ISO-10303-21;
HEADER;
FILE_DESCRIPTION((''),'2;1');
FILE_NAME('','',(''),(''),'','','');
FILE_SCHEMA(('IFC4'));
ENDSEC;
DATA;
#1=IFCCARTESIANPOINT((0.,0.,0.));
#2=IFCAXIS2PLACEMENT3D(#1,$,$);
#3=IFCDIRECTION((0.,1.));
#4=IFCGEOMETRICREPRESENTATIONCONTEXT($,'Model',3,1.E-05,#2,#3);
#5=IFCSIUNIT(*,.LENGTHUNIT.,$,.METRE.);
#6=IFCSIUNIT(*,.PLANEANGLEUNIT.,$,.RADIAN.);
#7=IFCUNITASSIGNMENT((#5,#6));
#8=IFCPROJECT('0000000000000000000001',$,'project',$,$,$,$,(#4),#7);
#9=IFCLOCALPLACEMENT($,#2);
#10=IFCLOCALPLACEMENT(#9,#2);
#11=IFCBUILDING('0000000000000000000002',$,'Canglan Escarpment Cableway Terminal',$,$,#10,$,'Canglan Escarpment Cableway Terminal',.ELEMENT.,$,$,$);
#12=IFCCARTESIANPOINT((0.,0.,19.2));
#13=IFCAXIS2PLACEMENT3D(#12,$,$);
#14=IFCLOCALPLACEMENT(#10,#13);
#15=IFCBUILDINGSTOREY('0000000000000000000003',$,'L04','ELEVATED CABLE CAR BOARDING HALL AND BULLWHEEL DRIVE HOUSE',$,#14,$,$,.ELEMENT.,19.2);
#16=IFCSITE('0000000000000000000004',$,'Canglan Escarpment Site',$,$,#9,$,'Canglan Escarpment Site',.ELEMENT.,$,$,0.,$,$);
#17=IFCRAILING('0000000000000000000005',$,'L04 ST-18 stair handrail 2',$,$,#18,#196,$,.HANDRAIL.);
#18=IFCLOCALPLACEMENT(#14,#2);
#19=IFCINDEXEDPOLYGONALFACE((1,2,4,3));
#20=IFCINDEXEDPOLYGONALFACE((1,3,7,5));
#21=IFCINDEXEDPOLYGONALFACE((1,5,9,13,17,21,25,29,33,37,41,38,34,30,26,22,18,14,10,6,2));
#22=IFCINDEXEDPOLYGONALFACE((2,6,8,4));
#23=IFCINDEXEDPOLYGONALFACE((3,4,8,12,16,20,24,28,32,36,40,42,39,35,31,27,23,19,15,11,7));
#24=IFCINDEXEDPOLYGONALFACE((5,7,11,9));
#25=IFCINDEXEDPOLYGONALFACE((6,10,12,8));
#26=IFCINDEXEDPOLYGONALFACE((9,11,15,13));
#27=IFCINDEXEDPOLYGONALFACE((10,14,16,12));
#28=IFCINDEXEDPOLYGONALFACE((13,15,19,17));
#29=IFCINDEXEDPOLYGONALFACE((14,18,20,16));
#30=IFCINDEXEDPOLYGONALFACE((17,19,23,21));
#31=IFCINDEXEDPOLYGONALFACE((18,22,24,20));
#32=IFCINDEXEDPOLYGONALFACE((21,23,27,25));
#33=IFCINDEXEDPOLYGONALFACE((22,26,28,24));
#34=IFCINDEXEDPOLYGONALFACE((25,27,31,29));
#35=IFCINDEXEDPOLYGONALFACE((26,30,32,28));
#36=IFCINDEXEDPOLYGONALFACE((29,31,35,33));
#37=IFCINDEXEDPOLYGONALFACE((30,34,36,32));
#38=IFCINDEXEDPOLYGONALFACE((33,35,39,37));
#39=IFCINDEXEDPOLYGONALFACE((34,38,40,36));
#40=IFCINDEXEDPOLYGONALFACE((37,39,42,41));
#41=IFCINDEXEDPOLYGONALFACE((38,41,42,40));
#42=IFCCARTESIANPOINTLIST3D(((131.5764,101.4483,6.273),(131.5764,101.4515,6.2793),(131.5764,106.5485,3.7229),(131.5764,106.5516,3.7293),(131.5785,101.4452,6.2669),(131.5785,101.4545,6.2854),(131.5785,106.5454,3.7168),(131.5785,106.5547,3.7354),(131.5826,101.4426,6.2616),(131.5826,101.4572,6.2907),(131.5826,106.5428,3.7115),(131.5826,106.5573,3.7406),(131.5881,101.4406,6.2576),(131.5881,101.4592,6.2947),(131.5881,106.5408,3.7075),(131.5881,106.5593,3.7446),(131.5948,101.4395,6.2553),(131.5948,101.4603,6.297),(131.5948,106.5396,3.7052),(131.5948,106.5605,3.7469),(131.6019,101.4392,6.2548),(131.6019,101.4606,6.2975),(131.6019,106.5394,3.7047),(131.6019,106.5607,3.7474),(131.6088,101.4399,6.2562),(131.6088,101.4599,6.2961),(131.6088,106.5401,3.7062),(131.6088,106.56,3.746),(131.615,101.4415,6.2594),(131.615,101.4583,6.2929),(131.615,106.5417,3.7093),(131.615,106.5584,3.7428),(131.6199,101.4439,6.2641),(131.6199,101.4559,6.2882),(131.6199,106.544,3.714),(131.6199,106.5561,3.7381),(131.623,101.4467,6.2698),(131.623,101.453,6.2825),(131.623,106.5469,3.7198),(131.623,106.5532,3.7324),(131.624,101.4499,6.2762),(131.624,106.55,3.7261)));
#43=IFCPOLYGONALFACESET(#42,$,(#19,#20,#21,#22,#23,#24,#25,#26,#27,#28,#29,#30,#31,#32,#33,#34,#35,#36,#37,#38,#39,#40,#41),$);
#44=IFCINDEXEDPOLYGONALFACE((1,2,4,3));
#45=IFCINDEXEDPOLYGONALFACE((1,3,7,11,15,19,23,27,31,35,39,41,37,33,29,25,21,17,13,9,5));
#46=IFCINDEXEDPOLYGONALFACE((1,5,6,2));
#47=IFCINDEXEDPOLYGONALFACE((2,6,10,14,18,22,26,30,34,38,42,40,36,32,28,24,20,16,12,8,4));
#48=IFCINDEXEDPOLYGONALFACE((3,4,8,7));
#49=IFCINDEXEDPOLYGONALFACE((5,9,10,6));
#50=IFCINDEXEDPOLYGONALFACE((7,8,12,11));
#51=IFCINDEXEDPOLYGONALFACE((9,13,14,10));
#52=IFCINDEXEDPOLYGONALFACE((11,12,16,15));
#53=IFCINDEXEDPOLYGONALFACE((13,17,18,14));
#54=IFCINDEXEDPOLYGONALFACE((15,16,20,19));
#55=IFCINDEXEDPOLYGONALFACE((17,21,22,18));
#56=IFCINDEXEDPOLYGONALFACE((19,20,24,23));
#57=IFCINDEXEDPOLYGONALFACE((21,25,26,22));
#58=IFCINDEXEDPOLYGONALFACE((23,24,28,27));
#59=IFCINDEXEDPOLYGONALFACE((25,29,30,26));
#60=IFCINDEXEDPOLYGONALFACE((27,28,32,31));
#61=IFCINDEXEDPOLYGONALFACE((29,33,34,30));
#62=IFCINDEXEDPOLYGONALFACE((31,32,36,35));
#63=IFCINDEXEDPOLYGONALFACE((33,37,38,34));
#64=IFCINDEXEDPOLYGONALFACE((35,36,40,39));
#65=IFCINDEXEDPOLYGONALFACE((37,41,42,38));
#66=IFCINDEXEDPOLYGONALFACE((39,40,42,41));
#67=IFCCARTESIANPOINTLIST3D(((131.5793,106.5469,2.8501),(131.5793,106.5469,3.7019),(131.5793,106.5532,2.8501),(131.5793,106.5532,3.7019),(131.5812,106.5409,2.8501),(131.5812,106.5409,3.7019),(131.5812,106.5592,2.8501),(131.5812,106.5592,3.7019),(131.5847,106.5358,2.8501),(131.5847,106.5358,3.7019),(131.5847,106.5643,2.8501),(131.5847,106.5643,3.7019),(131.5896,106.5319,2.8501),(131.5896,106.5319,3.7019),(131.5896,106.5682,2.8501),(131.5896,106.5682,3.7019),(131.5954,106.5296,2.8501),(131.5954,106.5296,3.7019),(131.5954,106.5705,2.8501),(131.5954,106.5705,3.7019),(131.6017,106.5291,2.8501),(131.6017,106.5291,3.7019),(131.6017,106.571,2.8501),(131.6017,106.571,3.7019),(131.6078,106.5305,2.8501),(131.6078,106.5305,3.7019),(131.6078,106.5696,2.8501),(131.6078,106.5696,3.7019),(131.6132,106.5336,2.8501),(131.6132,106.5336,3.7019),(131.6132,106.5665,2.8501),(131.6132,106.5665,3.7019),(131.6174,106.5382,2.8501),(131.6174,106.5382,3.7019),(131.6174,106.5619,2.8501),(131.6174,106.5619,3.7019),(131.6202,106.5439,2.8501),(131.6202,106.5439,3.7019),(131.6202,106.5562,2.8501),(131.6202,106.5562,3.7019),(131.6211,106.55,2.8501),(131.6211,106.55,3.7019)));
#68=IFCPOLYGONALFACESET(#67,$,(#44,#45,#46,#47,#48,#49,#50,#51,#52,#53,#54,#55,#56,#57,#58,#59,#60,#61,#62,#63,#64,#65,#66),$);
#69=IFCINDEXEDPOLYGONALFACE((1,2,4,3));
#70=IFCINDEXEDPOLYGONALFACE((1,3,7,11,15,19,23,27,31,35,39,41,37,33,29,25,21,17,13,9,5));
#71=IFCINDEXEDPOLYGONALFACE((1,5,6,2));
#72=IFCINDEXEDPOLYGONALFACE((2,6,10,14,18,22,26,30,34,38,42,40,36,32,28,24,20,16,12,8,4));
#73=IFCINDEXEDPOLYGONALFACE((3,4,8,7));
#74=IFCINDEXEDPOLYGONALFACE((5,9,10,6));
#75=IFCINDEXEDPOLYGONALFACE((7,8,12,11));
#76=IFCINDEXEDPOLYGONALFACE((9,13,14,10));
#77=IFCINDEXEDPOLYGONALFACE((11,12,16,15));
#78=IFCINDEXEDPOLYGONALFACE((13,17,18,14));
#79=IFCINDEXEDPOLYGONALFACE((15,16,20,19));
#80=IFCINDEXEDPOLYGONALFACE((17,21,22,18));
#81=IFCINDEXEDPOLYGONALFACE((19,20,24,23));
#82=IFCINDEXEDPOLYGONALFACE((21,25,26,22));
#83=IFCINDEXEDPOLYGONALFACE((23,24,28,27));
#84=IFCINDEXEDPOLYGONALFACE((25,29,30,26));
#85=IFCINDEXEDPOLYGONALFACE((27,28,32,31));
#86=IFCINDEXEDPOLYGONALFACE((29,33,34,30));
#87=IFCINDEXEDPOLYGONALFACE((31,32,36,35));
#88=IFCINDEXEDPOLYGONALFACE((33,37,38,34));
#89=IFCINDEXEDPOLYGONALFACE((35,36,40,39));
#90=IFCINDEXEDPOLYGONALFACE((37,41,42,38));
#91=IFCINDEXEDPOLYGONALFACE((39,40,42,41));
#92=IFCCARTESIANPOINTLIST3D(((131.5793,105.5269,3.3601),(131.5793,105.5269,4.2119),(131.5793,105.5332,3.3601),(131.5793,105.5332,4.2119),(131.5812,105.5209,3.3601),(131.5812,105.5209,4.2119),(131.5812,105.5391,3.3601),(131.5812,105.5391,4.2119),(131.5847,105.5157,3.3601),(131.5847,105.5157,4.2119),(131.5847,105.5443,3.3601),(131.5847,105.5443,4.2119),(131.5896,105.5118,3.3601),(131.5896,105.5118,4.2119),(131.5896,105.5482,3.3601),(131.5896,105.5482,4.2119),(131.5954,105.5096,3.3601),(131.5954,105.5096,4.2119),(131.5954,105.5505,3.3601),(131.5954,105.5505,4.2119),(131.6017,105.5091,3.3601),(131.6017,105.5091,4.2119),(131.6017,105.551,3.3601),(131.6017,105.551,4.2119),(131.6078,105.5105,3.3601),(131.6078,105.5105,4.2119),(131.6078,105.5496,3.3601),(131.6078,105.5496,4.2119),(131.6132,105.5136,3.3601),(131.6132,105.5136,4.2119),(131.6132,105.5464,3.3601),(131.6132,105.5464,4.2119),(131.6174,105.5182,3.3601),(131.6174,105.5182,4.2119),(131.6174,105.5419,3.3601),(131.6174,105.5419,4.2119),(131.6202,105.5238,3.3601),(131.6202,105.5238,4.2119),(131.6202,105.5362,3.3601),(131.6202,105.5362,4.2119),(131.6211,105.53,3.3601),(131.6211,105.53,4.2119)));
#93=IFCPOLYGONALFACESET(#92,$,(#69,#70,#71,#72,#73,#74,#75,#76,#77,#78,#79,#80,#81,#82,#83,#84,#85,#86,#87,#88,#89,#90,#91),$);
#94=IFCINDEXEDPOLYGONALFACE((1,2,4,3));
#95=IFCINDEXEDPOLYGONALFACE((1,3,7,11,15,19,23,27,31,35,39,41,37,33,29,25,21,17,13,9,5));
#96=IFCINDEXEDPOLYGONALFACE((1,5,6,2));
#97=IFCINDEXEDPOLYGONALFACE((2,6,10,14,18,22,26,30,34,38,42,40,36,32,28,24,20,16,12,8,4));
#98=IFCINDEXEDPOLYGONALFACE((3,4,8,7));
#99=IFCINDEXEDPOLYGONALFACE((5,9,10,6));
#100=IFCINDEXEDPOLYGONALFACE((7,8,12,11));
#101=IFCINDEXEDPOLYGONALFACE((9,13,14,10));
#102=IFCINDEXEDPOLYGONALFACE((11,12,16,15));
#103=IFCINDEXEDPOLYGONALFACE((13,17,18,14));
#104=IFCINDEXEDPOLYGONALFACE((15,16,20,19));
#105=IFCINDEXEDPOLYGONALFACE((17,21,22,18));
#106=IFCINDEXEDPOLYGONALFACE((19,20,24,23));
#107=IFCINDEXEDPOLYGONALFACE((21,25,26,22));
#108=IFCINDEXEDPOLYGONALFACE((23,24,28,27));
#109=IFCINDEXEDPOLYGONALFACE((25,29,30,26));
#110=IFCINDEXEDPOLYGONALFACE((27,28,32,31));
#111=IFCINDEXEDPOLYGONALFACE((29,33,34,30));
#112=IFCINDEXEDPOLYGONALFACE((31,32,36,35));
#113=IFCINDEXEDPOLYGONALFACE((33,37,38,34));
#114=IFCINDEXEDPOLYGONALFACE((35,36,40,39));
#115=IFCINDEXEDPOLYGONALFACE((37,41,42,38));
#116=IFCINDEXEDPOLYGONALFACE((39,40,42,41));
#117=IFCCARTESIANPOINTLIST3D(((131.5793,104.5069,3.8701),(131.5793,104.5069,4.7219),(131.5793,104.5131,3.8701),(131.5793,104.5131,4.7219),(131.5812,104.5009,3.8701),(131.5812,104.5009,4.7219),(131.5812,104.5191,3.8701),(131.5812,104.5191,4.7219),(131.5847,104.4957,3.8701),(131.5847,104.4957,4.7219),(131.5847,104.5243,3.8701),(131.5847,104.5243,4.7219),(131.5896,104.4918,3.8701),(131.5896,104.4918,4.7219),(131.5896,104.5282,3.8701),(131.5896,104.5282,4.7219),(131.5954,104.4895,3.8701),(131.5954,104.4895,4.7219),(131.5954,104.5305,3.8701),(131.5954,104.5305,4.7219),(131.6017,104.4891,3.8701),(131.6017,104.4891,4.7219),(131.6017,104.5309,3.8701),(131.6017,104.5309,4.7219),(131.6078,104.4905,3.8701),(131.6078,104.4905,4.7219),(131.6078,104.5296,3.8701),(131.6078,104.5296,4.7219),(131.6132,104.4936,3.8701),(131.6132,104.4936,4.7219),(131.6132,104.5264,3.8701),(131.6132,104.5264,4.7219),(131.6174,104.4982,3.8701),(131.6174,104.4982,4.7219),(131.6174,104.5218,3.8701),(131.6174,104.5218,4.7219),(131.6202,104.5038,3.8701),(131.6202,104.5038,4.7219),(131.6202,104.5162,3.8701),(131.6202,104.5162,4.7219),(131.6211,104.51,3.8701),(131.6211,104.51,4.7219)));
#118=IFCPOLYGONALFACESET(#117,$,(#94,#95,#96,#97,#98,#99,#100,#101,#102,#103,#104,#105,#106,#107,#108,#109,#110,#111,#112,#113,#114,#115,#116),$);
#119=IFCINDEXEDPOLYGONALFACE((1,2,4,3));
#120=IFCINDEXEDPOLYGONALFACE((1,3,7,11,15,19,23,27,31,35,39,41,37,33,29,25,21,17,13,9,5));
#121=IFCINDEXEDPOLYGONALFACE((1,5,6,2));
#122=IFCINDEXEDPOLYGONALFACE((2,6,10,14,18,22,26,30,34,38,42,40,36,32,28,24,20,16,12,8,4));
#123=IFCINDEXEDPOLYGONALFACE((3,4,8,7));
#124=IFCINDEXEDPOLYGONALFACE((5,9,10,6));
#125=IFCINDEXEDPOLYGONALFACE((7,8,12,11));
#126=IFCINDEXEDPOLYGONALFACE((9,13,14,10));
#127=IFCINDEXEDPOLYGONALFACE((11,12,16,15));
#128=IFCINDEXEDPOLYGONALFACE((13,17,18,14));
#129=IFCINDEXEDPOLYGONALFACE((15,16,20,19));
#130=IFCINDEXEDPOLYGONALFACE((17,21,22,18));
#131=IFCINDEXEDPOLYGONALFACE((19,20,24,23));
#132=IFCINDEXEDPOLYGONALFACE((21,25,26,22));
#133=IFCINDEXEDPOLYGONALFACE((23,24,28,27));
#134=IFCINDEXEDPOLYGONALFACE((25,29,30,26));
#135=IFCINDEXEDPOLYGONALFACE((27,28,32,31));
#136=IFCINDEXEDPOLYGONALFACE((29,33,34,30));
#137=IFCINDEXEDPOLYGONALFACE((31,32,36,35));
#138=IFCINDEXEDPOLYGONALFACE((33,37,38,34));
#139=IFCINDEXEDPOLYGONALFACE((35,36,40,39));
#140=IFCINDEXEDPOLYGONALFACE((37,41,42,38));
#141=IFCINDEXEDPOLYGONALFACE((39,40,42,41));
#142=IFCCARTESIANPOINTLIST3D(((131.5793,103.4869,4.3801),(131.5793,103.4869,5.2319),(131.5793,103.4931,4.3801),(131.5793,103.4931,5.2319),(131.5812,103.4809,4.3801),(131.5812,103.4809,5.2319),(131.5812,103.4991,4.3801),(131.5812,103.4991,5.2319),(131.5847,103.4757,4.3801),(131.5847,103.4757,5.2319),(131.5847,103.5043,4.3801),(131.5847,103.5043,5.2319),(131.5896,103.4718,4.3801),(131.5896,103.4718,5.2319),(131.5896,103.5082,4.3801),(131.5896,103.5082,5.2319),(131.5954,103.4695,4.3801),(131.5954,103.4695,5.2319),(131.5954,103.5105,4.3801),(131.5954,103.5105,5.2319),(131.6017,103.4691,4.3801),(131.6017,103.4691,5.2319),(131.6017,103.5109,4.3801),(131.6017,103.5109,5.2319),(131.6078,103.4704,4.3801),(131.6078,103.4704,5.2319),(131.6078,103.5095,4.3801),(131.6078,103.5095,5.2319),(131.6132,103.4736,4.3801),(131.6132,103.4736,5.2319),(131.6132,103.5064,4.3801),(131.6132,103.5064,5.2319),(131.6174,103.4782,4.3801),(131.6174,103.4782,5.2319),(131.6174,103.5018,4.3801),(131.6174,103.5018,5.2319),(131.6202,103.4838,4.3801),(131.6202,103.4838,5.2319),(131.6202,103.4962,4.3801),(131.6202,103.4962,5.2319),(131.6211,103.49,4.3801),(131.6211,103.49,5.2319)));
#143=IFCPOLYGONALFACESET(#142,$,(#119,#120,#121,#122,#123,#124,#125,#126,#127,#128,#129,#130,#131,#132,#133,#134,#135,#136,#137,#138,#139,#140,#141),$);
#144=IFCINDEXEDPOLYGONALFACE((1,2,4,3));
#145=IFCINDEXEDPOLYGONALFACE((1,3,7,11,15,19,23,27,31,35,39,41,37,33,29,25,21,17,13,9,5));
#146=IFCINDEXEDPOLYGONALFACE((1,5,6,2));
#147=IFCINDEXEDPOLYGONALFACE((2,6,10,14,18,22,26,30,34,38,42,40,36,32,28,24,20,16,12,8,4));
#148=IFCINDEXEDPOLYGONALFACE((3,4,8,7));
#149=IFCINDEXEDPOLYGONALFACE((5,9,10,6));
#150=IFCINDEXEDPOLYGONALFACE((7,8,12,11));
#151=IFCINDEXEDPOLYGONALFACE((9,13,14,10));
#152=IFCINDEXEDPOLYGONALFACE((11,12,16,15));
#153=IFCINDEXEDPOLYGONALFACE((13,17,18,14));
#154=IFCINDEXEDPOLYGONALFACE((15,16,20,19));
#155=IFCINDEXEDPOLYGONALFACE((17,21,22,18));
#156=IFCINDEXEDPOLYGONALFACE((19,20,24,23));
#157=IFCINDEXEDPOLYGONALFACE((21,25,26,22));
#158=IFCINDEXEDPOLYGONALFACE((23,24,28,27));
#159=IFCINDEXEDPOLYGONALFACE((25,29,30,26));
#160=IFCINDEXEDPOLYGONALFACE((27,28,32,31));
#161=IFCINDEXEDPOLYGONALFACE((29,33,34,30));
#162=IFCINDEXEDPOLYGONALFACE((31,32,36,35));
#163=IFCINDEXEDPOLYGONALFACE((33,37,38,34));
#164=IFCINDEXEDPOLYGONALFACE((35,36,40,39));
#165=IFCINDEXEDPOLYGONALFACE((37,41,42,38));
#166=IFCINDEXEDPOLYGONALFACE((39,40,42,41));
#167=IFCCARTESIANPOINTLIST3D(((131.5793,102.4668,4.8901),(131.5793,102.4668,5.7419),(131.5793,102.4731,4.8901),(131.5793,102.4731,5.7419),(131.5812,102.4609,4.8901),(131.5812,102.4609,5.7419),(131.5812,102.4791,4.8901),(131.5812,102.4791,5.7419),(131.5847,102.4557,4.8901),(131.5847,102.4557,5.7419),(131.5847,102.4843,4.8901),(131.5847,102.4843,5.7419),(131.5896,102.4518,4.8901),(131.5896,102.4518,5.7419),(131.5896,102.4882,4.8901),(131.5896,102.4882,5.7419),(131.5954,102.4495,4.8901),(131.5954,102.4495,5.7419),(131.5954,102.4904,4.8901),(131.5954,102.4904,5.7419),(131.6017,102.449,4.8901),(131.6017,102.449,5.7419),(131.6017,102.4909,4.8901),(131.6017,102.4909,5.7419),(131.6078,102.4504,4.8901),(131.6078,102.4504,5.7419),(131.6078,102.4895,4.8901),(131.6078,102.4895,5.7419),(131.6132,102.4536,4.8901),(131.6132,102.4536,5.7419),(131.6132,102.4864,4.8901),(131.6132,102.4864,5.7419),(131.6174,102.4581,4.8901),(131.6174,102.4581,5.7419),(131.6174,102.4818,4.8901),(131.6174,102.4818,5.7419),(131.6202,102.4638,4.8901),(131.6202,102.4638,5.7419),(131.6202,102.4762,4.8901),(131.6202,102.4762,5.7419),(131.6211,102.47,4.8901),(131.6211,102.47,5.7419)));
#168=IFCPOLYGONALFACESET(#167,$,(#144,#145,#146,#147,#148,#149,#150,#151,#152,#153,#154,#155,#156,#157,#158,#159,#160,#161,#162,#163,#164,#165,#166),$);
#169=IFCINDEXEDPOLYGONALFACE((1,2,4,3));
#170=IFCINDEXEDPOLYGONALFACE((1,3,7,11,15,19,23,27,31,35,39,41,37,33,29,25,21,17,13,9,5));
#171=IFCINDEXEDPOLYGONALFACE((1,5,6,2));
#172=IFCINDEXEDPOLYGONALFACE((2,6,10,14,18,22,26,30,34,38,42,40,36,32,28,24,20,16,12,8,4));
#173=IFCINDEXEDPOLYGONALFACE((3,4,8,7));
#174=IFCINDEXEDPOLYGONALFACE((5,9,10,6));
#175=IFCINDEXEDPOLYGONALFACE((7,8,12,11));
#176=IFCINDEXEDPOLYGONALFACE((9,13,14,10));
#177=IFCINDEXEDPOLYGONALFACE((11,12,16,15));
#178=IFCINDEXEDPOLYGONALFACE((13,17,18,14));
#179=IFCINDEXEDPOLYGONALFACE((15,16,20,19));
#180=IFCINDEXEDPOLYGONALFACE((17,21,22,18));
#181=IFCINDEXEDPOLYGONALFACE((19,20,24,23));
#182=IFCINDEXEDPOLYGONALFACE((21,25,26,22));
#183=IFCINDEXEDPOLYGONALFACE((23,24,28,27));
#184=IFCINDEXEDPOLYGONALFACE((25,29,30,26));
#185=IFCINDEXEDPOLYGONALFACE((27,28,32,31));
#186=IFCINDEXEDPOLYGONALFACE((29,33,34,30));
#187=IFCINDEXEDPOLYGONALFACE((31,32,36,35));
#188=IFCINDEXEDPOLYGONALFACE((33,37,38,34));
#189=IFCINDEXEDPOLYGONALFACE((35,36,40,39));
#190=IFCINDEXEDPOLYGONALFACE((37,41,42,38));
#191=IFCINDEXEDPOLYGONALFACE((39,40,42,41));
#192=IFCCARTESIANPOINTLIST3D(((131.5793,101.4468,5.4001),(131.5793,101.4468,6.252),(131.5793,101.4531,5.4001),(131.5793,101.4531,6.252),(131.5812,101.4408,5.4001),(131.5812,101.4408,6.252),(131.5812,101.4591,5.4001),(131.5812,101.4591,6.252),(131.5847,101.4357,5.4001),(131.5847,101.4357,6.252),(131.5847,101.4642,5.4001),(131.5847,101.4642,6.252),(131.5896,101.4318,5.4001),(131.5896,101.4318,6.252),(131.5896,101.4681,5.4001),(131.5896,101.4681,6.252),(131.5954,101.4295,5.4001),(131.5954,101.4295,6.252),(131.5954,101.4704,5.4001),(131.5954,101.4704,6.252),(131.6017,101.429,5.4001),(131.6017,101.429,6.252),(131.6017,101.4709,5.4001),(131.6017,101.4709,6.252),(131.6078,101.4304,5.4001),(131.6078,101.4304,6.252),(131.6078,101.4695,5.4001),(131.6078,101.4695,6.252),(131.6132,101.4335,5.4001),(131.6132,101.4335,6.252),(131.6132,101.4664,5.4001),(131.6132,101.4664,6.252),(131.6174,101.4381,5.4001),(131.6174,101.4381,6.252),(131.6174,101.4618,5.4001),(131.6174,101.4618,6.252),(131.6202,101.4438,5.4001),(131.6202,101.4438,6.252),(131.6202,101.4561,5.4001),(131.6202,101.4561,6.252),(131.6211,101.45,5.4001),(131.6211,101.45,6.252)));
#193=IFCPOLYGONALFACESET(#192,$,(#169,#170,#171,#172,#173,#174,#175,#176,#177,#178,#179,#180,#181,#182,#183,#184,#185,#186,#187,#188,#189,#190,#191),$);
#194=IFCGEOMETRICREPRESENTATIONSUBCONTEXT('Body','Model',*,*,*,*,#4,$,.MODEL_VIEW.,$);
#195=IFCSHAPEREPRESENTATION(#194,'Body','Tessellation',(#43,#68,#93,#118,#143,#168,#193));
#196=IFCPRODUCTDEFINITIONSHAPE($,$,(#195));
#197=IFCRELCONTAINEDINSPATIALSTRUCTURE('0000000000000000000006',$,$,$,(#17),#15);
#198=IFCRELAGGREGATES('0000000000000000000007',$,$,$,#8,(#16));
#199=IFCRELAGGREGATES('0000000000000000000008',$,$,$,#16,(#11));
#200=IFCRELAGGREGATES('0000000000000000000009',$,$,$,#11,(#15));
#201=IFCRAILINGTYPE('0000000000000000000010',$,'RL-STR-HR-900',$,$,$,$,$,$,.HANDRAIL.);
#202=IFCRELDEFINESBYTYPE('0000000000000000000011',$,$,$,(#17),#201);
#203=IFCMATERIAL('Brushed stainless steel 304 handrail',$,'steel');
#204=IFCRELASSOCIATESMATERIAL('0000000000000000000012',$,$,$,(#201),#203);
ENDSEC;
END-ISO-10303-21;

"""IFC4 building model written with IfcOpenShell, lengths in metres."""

from ifc_helpers import new_model, si_unit, direction, frame, origin, origin_2d, place, context, subcontext, project, spatial, circle, extrude, material, type_object, element, save


model = new_model("IFC4")

# Units and contexts
model_context = context("Model", 3, precision=1e-05, world=origin(), true_north=direction((0.0, 1.0)))
body_context = subcontext(model_context, "Body", "Model", "MODEL_VIEW")
ifc_project = project(units=[si_unit("LENGTHUNIT", "METRE"), si_unit("PLANEANGLEUNIT", "RADIAN")], contexts=[model_context])

# Site, building, storey
site_placement = place(None, origin())
site = spatial("IfcSite", under=ifc_project, at=site_placement, Name="Canglan Escarpment Site", LongName="Canglan Escarpment Site", CompositionType="ELEMENT", RefElevation=0.0)
building_placement = place(site_placement, origin())
building = spatial("IfcBuilding", under=site, at=building_placement, Name="Canglan Escarpment Cableway Terminal", LongName="Canglan Escarpment Cableway Terminal", CompositionType="ELEMENT")
storey_placement = place(building_placement, frame((0.0, 0.0, 19.2)))
storey = spatial("IfcBuildingStorey", under=building, at=storey_placement, Name="L04", Description="ELEVATED CABLE CAR BOARDING HALL AND BULLWHEEL DRIVE HOUSE", CompositionType="ELEMENT", Elevation=19.2)

# Railing
ifc_material_1 = material(Name="Brushed stainless steel 304 handrail", Category="steel")
railing_type_1 = type_object("IfcRailingType", Name="RL-STR-HR-900", PredefinedType="HANDRAIL", material=ifc_material_1)
railing_1_placement = place(storey_placement, frame((131.6001, 106.55, 2.8501)))
element("IfcRailing", 1, at=railing_1_placement, inside=storey, type_object=railing_type_1, Name="L04 ST-18 stair handrail 2", PredefinedType="HANDRAIL", context=body_context, shape_type="SweptSolid", body=[
    extrude(circle(Radius=0.0239, at=origin_2d()), frame((0.0, 0.0, 0.876), z_axis=(0.0, -0.894427, 0.447214), x_axis=(1.0, 0.0, 0.0)), (0.0, 0.0, 1.0), 5.7021),
    extrude(circle(Radius=0.021, at=origin_2d()), origin(), (0.0, 0.0, 1.0), 0.8518),
    extrude(circle(Radius=0.021, at=origin_2d()), frame((0.0, -1.02, 0.51)), (0.0, 0.0, 1.0), 0.8518),
    extrude(circle(Radius=0.021, at=origin_2d()), frame((0.0, -2.04, 1.02)), (0.0, 0.0, 1.0), 0.8518),
    extrude(circle(Radius=0.021, at=origin_2d()), frame((0.0, -3.0601, 1.53)), (0.0, 0.0, 1.0), 0.8518),
    extrude(circle(Radius=0.021, at=origin_2d()), frame((0.0, -4.0801, 2.04)), (0.0, 0.0, 1.0), 0.8518),
    extrude(circle(Radius=0.021, at=origin_2d()), frame((0.0, -5.1001, 2.55)), (0.0, 0.0, 1.0), 0.8518),
])

save(model, "model.ifc")
